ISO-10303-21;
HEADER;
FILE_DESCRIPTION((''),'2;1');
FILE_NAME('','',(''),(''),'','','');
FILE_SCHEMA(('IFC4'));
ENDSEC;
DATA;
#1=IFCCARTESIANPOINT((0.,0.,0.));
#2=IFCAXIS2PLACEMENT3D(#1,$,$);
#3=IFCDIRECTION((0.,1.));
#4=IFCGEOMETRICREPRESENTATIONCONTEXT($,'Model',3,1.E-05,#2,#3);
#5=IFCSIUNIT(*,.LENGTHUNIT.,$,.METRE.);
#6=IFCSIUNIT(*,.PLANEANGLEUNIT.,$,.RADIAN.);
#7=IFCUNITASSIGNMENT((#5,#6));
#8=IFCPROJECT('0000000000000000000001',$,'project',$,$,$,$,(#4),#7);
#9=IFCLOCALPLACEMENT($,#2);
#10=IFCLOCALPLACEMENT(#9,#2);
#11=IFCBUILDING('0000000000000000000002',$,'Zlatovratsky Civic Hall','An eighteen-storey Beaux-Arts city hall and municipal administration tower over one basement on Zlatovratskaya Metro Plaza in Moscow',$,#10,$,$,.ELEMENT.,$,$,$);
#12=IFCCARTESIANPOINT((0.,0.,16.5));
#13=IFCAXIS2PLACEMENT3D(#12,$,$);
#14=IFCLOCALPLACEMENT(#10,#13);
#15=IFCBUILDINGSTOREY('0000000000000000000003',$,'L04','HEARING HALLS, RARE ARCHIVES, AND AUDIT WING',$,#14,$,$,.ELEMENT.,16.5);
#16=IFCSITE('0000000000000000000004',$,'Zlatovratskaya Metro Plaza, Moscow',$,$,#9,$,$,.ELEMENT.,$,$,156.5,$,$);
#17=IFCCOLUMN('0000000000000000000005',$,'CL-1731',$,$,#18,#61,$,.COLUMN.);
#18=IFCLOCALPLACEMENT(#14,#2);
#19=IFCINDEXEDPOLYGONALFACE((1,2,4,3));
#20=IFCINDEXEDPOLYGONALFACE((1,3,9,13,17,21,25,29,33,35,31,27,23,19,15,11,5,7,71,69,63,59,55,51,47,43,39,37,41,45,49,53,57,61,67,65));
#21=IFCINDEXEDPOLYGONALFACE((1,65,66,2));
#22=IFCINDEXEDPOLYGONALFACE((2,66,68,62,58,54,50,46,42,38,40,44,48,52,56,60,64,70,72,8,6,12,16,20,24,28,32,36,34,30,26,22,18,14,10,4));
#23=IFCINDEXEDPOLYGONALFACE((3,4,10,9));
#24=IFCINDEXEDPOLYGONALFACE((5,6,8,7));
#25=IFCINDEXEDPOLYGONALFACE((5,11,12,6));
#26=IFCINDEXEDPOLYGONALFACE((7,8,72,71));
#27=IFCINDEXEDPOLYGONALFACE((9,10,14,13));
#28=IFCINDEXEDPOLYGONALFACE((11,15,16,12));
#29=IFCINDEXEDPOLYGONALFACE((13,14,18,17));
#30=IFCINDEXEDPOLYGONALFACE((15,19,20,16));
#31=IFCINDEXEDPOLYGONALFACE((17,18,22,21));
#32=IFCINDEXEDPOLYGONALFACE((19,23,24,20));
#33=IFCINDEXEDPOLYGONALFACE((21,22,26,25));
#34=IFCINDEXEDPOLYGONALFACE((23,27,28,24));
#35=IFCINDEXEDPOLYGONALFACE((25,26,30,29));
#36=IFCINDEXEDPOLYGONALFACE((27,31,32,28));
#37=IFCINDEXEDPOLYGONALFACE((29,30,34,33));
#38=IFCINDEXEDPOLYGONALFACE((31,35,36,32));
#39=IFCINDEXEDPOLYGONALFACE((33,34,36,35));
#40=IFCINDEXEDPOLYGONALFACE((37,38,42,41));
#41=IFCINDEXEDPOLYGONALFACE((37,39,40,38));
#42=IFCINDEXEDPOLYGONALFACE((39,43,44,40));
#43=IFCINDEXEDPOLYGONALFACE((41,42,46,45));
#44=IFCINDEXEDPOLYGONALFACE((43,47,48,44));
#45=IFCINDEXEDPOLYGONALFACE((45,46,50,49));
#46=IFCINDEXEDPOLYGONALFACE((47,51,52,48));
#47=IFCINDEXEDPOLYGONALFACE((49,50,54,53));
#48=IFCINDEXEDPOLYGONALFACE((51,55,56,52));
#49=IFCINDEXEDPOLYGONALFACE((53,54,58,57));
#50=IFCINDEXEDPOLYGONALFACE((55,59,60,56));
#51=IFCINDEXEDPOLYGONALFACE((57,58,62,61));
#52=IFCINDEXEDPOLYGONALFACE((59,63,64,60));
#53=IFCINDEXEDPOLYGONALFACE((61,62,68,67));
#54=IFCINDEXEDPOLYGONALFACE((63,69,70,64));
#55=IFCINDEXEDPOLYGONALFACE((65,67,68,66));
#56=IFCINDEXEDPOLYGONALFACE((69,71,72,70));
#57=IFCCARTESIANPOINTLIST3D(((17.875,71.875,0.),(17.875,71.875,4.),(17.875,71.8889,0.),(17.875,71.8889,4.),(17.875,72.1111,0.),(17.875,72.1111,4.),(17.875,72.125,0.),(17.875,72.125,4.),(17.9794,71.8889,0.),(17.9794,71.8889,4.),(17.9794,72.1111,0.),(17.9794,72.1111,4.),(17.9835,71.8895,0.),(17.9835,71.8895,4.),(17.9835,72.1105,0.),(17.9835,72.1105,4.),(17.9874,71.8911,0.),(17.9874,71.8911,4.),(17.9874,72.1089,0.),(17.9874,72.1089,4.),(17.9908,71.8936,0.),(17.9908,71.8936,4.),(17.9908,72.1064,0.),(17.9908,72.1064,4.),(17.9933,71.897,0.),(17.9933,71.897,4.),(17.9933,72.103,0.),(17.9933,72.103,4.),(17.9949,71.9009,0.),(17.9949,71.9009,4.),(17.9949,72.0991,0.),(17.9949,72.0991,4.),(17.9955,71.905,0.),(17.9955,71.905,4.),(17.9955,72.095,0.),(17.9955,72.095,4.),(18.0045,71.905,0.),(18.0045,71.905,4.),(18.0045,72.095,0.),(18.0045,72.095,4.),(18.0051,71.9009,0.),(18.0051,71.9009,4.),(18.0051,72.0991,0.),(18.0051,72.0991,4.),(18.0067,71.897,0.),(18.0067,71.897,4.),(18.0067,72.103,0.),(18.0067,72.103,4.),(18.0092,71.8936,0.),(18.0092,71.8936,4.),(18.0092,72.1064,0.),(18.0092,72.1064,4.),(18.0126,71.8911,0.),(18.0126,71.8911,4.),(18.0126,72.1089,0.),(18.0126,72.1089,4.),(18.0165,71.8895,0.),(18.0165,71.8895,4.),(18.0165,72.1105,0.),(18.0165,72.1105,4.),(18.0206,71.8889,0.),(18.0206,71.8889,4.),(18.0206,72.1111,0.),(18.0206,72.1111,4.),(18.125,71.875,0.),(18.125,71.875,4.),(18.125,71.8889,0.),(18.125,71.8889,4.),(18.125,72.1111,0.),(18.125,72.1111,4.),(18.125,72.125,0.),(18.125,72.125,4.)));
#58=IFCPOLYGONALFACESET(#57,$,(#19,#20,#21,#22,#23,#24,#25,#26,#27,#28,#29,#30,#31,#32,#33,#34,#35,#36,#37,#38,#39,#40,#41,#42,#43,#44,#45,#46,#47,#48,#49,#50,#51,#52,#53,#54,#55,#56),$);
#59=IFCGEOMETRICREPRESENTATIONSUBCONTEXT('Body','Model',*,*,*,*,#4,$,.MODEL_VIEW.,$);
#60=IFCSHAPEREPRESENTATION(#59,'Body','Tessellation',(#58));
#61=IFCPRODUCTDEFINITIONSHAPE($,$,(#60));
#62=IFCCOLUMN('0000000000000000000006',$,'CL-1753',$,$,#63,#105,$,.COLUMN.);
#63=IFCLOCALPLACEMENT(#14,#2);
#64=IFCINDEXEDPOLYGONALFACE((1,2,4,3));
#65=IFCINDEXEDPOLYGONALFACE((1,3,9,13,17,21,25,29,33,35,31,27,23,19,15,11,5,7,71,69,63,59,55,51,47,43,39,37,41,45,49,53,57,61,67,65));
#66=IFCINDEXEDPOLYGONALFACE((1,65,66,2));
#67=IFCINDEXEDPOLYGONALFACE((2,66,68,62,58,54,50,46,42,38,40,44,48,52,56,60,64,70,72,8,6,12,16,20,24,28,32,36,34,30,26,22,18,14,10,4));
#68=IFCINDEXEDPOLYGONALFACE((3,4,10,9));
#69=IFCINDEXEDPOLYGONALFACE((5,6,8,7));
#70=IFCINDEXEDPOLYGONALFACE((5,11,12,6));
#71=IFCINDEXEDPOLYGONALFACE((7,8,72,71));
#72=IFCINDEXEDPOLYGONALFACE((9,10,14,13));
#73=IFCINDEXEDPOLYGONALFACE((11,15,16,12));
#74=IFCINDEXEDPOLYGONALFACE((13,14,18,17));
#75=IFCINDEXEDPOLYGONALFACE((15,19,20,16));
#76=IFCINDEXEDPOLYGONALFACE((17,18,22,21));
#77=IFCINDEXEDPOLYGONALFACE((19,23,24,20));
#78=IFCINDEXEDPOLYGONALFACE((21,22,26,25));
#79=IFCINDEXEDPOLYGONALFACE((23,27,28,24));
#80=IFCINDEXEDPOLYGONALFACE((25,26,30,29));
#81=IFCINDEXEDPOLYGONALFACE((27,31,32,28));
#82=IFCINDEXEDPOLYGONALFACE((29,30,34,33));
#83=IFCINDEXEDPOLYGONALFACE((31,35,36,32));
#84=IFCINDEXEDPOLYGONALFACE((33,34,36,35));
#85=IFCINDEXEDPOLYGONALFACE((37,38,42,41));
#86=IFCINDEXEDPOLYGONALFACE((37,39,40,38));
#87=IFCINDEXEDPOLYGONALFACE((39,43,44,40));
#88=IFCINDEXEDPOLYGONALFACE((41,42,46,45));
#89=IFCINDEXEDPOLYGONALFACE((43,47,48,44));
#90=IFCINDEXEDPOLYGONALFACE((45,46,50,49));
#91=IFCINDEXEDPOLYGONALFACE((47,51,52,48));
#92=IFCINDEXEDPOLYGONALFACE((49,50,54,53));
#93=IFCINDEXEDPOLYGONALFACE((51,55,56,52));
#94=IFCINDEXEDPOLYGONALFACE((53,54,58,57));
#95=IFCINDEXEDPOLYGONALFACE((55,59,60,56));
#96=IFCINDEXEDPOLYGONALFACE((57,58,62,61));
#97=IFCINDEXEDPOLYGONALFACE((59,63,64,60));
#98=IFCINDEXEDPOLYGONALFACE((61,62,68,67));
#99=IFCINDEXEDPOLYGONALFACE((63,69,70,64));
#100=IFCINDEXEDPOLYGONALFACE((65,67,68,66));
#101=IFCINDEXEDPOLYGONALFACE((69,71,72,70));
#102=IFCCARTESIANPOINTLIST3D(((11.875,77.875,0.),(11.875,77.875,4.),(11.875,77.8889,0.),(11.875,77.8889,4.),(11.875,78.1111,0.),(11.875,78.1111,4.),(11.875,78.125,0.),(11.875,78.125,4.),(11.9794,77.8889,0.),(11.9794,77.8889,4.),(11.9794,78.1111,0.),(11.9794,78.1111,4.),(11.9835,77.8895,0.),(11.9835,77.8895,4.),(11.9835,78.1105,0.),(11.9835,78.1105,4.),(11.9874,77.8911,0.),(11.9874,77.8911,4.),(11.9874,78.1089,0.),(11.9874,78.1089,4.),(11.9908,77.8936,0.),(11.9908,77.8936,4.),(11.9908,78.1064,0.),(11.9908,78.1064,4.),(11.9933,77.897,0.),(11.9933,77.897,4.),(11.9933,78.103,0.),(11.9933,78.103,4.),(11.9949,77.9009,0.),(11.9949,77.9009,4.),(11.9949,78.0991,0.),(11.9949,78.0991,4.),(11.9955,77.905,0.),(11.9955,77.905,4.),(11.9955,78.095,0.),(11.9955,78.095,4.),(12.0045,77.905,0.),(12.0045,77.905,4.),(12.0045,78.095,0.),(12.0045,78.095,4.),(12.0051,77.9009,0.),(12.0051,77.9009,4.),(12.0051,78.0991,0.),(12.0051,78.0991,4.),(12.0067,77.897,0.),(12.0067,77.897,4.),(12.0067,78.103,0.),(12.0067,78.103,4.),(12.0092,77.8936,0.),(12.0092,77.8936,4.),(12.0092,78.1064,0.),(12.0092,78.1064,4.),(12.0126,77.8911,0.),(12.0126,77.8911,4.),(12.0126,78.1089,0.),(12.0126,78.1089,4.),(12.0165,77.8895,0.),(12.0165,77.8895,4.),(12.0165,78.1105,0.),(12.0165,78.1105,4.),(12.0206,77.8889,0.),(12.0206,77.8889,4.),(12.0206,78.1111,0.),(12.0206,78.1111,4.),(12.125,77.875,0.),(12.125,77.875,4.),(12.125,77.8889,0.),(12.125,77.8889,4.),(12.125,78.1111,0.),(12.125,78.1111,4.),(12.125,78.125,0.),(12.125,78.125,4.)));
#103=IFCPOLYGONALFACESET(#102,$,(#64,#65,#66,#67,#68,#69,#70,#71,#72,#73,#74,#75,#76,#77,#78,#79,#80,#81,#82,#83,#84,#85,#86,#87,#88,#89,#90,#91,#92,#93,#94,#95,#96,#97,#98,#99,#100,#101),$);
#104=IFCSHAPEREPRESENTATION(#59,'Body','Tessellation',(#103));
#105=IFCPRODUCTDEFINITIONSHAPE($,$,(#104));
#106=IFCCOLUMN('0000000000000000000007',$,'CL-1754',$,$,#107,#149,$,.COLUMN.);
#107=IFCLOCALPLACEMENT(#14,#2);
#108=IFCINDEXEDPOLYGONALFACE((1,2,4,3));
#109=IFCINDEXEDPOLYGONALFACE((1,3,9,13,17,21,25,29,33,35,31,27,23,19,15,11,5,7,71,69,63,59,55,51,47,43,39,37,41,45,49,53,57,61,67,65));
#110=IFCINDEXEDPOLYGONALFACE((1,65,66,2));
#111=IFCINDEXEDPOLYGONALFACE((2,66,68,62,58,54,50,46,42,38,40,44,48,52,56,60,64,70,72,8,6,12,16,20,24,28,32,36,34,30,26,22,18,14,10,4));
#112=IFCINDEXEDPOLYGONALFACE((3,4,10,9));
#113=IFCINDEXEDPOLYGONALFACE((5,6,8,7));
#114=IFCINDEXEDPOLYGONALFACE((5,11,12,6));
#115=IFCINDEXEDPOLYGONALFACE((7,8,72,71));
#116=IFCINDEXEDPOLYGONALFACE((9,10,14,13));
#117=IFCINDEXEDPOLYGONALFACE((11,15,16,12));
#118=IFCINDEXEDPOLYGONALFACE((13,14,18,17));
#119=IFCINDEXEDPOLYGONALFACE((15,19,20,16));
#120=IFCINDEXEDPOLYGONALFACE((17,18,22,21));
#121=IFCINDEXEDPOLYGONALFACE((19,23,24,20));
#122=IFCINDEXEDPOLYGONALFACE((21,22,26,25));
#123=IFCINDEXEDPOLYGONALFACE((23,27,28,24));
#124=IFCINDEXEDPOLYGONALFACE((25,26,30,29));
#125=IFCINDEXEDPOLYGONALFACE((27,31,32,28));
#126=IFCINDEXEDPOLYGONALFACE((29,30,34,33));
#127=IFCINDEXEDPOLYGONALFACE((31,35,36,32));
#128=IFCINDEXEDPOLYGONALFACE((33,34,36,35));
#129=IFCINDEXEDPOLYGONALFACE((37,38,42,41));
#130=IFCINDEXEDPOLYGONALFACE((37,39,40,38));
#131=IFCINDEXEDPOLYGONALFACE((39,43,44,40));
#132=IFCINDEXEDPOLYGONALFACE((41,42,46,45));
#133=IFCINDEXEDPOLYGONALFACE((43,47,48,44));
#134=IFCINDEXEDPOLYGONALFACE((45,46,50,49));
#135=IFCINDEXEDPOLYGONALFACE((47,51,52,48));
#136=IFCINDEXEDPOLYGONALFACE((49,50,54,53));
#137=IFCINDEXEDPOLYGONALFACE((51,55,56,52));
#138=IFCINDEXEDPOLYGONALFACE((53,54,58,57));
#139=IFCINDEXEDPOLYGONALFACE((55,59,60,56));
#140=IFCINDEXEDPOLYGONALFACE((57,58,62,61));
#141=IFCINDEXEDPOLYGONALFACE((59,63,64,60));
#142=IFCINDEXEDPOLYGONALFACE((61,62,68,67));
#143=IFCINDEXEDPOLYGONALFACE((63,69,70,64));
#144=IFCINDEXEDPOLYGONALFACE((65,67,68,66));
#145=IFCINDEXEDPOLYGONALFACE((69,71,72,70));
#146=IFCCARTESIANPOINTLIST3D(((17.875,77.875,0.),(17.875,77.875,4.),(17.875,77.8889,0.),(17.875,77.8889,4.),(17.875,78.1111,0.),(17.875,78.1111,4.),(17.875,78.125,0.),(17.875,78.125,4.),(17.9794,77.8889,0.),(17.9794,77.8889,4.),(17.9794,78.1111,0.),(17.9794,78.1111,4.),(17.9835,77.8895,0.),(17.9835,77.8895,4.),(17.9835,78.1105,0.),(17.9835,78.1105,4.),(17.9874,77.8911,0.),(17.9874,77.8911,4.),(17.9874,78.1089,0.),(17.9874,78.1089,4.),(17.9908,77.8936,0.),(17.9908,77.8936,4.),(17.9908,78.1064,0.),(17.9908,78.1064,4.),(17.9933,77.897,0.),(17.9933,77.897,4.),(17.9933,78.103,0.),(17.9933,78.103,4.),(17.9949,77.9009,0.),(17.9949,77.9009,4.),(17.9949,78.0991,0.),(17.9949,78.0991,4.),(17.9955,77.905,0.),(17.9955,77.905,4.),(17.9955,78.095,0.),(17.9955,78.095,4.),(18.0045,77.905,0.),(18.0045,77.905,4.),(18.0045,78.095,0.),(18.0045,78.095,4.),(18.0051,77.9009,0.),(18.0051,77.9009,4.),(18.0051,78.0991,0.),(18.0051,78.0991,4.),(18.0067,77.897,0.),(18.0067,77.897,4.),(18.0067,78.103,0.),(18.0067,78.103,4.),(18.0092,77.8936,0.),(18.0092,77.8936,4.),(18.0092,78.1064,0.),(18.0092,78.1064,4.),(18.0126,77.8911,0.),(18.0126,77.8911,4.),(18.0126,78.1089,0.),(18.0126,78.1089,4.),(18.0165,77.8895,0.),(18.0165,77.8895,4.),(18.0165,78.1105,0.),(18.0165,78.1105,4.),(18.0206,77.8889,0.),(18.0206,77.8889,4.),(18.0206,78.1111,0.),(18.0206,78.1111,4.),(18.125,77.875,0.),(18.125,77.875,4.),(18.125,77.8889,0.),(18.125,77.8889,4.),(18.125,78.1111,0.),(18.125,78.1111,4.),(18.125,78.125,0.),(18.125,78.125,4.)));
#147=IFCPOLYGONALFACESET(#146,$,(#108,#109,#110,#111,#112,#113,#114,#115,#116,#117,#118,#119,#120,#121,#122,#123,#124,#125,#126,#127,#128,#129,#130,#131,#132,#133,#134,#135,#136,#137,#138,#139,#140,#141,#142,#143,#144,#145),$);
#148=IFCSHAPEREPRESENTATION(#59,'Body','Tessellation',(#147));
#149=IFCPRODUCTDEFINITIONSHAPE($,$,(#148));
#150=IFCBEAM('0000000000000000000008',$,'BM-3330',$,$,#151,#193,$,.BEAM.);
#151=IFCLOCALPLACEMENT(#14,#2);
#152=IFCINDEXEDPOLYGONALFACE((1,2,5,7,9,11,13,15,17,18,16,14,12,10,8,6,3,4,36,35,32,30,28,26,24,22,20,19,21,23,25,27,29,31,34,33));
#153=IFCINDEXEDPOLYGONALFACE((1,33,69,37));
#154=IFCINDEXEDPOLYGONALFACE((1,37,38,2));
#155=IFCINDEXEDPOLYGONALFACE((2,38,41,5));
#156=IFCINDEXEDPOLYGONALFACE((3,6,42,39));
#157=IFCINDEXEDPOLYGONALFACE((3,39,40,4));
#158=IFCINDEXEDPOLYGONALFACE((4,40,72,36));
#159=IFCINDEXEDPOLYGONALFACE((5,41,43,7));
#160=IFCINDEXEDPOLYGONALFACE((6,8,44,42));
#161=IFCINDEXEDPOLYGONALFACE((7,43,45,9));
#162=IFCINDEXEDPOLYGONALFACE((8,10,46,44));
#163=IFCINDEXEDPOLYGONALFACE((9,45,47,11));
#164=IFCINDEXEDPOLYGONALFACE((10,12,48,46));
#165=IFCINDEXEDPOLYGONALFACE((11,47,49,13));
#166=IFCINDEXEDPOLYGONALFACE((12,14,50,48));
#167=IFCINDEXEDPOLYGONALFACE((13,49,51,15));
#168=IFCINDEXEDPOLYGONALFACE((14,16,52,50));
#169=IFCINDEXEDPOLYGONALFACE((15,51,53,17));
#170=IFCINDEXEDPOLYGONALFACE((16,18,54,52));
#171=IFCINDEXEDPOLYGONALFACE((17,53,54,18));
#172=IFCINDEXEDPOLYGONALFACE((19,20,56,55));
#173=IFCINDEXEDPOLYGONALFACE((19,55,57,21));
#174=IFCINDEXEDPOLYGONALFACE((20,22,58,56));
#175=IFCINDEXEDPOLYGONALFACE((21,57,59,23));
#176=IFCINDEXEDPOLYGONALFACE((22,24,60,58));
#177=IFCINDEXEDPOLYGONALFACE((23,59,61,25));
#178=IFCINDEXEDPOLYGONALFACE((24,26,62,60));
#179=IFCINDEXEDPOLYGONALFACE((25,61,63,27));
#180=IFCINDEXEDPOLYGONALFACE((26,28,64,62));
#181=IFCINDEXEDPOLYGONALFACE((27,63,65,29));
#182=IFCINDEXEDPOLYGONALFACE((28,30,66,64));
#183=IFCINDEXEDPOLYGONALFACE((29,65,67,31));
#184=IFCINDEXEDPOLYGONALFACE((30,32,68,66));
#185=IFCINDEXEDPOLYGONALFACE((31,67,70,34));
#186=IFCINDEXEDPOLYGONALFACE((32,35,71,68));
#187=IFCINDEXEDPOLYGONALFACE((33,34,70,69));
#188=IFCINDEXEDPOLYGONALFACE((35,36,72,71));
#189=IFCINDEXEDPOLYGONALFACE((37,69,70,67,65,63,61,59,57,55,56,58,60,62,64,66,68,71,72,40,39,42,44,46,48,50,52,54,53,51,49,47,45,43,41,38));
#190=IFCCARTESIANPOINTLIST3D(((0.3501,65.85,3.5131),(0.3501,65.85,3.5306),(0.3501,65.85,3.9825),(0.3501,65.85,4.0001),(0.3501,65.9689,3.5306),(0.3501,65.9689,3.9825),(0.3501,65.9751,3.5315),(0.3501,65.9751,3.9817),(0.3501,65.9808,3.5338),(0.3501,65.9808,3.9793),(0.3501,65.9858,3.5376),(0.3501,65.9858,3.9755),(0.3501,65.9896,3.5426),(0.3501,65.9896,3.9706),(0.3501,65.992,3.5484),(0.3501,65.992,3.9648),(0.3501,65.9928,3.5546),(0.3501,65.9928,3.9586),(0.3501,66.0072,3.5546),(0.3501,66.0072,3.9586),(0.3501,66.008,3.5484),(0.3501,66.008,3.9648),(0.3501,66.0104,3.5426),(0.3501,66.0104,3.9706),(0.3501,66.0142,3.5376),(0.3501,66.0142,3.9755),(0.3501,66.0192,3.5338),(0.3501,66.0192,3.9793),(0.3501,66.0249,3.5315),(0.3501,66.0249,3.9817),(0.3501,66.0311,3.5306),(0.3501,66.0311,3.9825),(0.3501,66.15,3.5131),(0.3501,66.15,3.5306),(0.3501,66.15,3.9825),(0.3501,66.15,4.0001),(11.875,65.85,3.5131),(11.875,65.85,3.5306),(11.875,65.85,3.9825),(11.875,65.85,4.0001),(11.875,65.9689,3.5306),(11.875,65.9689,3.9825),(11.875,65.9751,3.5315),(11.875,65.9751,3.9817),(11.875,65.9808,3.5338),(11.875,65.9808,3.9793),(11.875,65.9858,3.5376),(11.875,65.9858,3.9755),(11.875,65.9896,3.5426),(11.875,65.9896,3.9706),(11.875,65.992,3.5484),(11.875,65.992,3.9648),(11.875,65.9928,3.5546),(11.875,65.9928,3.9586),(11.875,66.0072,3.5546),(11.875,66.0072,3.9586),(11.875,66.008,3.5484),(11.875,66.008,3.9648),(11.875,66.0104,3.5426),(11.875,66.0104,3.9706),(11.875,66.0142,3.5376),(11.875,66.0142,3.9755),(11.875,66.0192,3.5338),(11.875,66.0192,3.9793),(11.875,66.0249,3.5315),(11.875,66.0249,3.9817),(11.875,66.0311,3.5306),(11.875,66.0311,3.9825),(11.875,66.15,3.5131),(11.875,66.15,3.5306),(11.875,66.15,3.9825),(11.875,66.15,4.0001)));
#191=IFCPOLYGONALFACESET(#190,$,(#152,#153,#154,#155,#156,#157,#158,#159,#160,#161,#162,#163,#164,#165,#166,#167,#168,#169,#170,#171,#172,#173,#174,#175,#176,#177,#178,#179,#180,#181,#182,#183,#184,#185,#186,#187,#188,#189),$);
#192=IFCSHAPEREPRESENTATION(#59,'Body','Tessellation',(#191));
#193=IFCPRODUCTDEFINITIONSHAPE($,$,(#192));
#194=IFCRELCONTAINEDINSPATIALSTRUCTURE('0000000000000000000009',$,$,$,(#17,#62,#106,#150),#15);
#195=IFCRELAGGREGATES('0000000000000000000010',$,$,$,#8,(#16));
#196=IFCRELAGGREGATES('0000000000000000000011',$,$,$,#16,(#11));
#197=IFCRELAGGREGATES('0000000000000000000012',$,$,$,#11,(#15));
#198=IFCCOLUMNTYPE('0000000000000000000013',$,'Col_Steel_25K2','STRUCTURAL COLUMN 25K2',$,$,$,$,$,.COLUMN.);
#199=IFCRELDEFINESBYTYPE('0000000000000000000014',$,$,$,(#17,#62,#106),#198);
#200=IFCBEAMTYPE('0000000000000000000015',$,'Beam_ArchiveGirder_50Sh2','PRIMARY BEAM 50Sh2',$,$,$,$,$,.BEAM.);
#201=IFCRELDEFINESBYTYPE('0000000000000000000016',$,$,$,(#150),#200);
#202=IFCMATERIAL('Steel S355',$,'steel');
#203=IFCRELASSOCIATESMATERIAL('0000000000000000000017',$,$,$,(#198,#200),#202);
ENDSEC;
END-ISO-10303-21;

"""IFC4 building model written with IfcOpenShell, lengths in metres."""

from ifc_helpers import new_model, si_unit, direction, frame, origin, origin_2d, place, context, subcontext, project, spatial, i_section, extrude, material, material_profile, profile_set, type_object, element, save


model = new_model("IFC4")

# Units and contexts
model_context = context("Model", 3, precision=1e-05, world=origin(), true_north=direction((0.0, 1.0)))
body_context = subcontext(model_context, "Body", "Model", "MODEL_VIEW")
ifc_project = project(units=[si_unit("LENGTHUNIT", "METRE"), si_unit("PLANEANGLEUNIT", "RADIAN")], contexts=[model_context])

# Site, building, storey
site_placement = place(None, origin())
site = spatial("IfcSite", under=ifc_project, at=site_placement, Name="Zlatovratskaya Metro Plaza, Moscow", CompositionType="ELEMENT", RefElevation=156.5)
building_placement = place(site_placement, origin())
building = spatial("IfcBuilding", under=site, at=building_placement, Name="Zlatovratsky Civic Hall", Description="An eighteen-storey Beaux-Arts city hall and municipal administration tower over one basement on Zlatovratskaya Metro Plaza in Moscow", CompositionType="ELEMENT")
storey_placement = place(building_placement, frame((0.0, 0.0, 16.5)))
storey = spatial("IfcBuildingStorey", under=building, at=storey_placement, Name="L04", Description="HEARING HALLS, RARE ARCHIVES, AND AUDIT WING", CompositionType="ELEMENT", Elevation=16.5)

# Columns
ifc_material_1 = material(Name="Steel S355", Category="steel")
ifc_material_profile_1 = material_profile(ifc_material_1, i_section(OverallWidth=0.25, OverallDepth=0.25, WebThickness=0.009, FlangeThickness=0.0139, FilletRadius=0.0161, at=origin_2d()), Name="25K2")
ifc_profile_set_1 = profile_set([ifc_material_profile_1], Name="Steel S355")
column_type_1 = type_object("IfcColumnType", Name="Col_Steel_25K2", Description="STRUCTURAL COLUMN 25K2", PredefinedType="COLUMN", material=ifc_profile_set_1)
for number, where, z_axis, x_axis, name in (
    (1, (18.0, 72.0, 0.0), (0.0, 0.0, 1.0), (1.0, 0.0, 0.0), "CL-1731"),
    (2, (12.0, 78.0, 0.0), (0.0, 0.0, 1.0), (1.0, 0.0, 0.0), "CL-1753"),
    (3, (18.0, 78.0, 0.0), (0.0, 0.0, 1.0), (1.0, 0.0, 0.0), "CL-1754"),
):
    element("IfcColumn", number, at=place(storey_placement, frame(where, z_axis=z_axis, x_axis=x_axis)), inside=storey, type_object=column_type_1, Name=name, PredefinedType="COLUMN", context=body_context, shape_type="SweptSolid", body=[
        extrude(i_section(OverallWidth=0.25, OverallDepth=0.25, WebThickness=0.009, FlangeThickness=0.0139, FilletRadius=0.0161, at=origin_2d()), origin(), (0.0, 0.0, 1.0), 4.0),
    ])

# Beam
ifc_material_profile_2 = material_profile(ifc_material_1, i_section(OverallWidth=0.3, OverallDepth=0.4871, WebThickness=0.0144, FlangeThickness=0.0176, FilletRadius=0.0239, at=origin_2d()), Name="50Sh2")
ifc_profile_set_2 = profile_set([ifc_material_profile_2], Name="Steel S355")
beam_type_1 = type_object("IfcBeamType", Name="Beam_ArchiveGirder_50Sh2", Description="PRIMARY BEAM 50Sh2", PredefinedType="BEAM", material=ifc_profile_set_2)
for number, where, z_axis, x_axis, name in (
    (4, (0.3501, 66.0, 3.7566), (1.0, 0.0, 0.0), (0.0, 1.0, 0.0), "BM-3330"),
):
    element("IfcBeam", number, at=place(storey_placement, frame(where, z_axis=z_axis, x_axis=x_axis)), inside=storey, type_object=beam_type_1, Name=name, PredefinedType="BEAM", context=body_context, shape_type="SweptSolid", body=[
        extrude(i_section(OverallWidth=0.3, OverallDepth=0.4871, WebThickness=0.0144, FlangeThickness=0.0176, FilletRadius=0.0239, at=origin_2d()), origin(), (0.0, 0.0, 1.0), 11.5249),
    ])

save(model, "model.ifc")
